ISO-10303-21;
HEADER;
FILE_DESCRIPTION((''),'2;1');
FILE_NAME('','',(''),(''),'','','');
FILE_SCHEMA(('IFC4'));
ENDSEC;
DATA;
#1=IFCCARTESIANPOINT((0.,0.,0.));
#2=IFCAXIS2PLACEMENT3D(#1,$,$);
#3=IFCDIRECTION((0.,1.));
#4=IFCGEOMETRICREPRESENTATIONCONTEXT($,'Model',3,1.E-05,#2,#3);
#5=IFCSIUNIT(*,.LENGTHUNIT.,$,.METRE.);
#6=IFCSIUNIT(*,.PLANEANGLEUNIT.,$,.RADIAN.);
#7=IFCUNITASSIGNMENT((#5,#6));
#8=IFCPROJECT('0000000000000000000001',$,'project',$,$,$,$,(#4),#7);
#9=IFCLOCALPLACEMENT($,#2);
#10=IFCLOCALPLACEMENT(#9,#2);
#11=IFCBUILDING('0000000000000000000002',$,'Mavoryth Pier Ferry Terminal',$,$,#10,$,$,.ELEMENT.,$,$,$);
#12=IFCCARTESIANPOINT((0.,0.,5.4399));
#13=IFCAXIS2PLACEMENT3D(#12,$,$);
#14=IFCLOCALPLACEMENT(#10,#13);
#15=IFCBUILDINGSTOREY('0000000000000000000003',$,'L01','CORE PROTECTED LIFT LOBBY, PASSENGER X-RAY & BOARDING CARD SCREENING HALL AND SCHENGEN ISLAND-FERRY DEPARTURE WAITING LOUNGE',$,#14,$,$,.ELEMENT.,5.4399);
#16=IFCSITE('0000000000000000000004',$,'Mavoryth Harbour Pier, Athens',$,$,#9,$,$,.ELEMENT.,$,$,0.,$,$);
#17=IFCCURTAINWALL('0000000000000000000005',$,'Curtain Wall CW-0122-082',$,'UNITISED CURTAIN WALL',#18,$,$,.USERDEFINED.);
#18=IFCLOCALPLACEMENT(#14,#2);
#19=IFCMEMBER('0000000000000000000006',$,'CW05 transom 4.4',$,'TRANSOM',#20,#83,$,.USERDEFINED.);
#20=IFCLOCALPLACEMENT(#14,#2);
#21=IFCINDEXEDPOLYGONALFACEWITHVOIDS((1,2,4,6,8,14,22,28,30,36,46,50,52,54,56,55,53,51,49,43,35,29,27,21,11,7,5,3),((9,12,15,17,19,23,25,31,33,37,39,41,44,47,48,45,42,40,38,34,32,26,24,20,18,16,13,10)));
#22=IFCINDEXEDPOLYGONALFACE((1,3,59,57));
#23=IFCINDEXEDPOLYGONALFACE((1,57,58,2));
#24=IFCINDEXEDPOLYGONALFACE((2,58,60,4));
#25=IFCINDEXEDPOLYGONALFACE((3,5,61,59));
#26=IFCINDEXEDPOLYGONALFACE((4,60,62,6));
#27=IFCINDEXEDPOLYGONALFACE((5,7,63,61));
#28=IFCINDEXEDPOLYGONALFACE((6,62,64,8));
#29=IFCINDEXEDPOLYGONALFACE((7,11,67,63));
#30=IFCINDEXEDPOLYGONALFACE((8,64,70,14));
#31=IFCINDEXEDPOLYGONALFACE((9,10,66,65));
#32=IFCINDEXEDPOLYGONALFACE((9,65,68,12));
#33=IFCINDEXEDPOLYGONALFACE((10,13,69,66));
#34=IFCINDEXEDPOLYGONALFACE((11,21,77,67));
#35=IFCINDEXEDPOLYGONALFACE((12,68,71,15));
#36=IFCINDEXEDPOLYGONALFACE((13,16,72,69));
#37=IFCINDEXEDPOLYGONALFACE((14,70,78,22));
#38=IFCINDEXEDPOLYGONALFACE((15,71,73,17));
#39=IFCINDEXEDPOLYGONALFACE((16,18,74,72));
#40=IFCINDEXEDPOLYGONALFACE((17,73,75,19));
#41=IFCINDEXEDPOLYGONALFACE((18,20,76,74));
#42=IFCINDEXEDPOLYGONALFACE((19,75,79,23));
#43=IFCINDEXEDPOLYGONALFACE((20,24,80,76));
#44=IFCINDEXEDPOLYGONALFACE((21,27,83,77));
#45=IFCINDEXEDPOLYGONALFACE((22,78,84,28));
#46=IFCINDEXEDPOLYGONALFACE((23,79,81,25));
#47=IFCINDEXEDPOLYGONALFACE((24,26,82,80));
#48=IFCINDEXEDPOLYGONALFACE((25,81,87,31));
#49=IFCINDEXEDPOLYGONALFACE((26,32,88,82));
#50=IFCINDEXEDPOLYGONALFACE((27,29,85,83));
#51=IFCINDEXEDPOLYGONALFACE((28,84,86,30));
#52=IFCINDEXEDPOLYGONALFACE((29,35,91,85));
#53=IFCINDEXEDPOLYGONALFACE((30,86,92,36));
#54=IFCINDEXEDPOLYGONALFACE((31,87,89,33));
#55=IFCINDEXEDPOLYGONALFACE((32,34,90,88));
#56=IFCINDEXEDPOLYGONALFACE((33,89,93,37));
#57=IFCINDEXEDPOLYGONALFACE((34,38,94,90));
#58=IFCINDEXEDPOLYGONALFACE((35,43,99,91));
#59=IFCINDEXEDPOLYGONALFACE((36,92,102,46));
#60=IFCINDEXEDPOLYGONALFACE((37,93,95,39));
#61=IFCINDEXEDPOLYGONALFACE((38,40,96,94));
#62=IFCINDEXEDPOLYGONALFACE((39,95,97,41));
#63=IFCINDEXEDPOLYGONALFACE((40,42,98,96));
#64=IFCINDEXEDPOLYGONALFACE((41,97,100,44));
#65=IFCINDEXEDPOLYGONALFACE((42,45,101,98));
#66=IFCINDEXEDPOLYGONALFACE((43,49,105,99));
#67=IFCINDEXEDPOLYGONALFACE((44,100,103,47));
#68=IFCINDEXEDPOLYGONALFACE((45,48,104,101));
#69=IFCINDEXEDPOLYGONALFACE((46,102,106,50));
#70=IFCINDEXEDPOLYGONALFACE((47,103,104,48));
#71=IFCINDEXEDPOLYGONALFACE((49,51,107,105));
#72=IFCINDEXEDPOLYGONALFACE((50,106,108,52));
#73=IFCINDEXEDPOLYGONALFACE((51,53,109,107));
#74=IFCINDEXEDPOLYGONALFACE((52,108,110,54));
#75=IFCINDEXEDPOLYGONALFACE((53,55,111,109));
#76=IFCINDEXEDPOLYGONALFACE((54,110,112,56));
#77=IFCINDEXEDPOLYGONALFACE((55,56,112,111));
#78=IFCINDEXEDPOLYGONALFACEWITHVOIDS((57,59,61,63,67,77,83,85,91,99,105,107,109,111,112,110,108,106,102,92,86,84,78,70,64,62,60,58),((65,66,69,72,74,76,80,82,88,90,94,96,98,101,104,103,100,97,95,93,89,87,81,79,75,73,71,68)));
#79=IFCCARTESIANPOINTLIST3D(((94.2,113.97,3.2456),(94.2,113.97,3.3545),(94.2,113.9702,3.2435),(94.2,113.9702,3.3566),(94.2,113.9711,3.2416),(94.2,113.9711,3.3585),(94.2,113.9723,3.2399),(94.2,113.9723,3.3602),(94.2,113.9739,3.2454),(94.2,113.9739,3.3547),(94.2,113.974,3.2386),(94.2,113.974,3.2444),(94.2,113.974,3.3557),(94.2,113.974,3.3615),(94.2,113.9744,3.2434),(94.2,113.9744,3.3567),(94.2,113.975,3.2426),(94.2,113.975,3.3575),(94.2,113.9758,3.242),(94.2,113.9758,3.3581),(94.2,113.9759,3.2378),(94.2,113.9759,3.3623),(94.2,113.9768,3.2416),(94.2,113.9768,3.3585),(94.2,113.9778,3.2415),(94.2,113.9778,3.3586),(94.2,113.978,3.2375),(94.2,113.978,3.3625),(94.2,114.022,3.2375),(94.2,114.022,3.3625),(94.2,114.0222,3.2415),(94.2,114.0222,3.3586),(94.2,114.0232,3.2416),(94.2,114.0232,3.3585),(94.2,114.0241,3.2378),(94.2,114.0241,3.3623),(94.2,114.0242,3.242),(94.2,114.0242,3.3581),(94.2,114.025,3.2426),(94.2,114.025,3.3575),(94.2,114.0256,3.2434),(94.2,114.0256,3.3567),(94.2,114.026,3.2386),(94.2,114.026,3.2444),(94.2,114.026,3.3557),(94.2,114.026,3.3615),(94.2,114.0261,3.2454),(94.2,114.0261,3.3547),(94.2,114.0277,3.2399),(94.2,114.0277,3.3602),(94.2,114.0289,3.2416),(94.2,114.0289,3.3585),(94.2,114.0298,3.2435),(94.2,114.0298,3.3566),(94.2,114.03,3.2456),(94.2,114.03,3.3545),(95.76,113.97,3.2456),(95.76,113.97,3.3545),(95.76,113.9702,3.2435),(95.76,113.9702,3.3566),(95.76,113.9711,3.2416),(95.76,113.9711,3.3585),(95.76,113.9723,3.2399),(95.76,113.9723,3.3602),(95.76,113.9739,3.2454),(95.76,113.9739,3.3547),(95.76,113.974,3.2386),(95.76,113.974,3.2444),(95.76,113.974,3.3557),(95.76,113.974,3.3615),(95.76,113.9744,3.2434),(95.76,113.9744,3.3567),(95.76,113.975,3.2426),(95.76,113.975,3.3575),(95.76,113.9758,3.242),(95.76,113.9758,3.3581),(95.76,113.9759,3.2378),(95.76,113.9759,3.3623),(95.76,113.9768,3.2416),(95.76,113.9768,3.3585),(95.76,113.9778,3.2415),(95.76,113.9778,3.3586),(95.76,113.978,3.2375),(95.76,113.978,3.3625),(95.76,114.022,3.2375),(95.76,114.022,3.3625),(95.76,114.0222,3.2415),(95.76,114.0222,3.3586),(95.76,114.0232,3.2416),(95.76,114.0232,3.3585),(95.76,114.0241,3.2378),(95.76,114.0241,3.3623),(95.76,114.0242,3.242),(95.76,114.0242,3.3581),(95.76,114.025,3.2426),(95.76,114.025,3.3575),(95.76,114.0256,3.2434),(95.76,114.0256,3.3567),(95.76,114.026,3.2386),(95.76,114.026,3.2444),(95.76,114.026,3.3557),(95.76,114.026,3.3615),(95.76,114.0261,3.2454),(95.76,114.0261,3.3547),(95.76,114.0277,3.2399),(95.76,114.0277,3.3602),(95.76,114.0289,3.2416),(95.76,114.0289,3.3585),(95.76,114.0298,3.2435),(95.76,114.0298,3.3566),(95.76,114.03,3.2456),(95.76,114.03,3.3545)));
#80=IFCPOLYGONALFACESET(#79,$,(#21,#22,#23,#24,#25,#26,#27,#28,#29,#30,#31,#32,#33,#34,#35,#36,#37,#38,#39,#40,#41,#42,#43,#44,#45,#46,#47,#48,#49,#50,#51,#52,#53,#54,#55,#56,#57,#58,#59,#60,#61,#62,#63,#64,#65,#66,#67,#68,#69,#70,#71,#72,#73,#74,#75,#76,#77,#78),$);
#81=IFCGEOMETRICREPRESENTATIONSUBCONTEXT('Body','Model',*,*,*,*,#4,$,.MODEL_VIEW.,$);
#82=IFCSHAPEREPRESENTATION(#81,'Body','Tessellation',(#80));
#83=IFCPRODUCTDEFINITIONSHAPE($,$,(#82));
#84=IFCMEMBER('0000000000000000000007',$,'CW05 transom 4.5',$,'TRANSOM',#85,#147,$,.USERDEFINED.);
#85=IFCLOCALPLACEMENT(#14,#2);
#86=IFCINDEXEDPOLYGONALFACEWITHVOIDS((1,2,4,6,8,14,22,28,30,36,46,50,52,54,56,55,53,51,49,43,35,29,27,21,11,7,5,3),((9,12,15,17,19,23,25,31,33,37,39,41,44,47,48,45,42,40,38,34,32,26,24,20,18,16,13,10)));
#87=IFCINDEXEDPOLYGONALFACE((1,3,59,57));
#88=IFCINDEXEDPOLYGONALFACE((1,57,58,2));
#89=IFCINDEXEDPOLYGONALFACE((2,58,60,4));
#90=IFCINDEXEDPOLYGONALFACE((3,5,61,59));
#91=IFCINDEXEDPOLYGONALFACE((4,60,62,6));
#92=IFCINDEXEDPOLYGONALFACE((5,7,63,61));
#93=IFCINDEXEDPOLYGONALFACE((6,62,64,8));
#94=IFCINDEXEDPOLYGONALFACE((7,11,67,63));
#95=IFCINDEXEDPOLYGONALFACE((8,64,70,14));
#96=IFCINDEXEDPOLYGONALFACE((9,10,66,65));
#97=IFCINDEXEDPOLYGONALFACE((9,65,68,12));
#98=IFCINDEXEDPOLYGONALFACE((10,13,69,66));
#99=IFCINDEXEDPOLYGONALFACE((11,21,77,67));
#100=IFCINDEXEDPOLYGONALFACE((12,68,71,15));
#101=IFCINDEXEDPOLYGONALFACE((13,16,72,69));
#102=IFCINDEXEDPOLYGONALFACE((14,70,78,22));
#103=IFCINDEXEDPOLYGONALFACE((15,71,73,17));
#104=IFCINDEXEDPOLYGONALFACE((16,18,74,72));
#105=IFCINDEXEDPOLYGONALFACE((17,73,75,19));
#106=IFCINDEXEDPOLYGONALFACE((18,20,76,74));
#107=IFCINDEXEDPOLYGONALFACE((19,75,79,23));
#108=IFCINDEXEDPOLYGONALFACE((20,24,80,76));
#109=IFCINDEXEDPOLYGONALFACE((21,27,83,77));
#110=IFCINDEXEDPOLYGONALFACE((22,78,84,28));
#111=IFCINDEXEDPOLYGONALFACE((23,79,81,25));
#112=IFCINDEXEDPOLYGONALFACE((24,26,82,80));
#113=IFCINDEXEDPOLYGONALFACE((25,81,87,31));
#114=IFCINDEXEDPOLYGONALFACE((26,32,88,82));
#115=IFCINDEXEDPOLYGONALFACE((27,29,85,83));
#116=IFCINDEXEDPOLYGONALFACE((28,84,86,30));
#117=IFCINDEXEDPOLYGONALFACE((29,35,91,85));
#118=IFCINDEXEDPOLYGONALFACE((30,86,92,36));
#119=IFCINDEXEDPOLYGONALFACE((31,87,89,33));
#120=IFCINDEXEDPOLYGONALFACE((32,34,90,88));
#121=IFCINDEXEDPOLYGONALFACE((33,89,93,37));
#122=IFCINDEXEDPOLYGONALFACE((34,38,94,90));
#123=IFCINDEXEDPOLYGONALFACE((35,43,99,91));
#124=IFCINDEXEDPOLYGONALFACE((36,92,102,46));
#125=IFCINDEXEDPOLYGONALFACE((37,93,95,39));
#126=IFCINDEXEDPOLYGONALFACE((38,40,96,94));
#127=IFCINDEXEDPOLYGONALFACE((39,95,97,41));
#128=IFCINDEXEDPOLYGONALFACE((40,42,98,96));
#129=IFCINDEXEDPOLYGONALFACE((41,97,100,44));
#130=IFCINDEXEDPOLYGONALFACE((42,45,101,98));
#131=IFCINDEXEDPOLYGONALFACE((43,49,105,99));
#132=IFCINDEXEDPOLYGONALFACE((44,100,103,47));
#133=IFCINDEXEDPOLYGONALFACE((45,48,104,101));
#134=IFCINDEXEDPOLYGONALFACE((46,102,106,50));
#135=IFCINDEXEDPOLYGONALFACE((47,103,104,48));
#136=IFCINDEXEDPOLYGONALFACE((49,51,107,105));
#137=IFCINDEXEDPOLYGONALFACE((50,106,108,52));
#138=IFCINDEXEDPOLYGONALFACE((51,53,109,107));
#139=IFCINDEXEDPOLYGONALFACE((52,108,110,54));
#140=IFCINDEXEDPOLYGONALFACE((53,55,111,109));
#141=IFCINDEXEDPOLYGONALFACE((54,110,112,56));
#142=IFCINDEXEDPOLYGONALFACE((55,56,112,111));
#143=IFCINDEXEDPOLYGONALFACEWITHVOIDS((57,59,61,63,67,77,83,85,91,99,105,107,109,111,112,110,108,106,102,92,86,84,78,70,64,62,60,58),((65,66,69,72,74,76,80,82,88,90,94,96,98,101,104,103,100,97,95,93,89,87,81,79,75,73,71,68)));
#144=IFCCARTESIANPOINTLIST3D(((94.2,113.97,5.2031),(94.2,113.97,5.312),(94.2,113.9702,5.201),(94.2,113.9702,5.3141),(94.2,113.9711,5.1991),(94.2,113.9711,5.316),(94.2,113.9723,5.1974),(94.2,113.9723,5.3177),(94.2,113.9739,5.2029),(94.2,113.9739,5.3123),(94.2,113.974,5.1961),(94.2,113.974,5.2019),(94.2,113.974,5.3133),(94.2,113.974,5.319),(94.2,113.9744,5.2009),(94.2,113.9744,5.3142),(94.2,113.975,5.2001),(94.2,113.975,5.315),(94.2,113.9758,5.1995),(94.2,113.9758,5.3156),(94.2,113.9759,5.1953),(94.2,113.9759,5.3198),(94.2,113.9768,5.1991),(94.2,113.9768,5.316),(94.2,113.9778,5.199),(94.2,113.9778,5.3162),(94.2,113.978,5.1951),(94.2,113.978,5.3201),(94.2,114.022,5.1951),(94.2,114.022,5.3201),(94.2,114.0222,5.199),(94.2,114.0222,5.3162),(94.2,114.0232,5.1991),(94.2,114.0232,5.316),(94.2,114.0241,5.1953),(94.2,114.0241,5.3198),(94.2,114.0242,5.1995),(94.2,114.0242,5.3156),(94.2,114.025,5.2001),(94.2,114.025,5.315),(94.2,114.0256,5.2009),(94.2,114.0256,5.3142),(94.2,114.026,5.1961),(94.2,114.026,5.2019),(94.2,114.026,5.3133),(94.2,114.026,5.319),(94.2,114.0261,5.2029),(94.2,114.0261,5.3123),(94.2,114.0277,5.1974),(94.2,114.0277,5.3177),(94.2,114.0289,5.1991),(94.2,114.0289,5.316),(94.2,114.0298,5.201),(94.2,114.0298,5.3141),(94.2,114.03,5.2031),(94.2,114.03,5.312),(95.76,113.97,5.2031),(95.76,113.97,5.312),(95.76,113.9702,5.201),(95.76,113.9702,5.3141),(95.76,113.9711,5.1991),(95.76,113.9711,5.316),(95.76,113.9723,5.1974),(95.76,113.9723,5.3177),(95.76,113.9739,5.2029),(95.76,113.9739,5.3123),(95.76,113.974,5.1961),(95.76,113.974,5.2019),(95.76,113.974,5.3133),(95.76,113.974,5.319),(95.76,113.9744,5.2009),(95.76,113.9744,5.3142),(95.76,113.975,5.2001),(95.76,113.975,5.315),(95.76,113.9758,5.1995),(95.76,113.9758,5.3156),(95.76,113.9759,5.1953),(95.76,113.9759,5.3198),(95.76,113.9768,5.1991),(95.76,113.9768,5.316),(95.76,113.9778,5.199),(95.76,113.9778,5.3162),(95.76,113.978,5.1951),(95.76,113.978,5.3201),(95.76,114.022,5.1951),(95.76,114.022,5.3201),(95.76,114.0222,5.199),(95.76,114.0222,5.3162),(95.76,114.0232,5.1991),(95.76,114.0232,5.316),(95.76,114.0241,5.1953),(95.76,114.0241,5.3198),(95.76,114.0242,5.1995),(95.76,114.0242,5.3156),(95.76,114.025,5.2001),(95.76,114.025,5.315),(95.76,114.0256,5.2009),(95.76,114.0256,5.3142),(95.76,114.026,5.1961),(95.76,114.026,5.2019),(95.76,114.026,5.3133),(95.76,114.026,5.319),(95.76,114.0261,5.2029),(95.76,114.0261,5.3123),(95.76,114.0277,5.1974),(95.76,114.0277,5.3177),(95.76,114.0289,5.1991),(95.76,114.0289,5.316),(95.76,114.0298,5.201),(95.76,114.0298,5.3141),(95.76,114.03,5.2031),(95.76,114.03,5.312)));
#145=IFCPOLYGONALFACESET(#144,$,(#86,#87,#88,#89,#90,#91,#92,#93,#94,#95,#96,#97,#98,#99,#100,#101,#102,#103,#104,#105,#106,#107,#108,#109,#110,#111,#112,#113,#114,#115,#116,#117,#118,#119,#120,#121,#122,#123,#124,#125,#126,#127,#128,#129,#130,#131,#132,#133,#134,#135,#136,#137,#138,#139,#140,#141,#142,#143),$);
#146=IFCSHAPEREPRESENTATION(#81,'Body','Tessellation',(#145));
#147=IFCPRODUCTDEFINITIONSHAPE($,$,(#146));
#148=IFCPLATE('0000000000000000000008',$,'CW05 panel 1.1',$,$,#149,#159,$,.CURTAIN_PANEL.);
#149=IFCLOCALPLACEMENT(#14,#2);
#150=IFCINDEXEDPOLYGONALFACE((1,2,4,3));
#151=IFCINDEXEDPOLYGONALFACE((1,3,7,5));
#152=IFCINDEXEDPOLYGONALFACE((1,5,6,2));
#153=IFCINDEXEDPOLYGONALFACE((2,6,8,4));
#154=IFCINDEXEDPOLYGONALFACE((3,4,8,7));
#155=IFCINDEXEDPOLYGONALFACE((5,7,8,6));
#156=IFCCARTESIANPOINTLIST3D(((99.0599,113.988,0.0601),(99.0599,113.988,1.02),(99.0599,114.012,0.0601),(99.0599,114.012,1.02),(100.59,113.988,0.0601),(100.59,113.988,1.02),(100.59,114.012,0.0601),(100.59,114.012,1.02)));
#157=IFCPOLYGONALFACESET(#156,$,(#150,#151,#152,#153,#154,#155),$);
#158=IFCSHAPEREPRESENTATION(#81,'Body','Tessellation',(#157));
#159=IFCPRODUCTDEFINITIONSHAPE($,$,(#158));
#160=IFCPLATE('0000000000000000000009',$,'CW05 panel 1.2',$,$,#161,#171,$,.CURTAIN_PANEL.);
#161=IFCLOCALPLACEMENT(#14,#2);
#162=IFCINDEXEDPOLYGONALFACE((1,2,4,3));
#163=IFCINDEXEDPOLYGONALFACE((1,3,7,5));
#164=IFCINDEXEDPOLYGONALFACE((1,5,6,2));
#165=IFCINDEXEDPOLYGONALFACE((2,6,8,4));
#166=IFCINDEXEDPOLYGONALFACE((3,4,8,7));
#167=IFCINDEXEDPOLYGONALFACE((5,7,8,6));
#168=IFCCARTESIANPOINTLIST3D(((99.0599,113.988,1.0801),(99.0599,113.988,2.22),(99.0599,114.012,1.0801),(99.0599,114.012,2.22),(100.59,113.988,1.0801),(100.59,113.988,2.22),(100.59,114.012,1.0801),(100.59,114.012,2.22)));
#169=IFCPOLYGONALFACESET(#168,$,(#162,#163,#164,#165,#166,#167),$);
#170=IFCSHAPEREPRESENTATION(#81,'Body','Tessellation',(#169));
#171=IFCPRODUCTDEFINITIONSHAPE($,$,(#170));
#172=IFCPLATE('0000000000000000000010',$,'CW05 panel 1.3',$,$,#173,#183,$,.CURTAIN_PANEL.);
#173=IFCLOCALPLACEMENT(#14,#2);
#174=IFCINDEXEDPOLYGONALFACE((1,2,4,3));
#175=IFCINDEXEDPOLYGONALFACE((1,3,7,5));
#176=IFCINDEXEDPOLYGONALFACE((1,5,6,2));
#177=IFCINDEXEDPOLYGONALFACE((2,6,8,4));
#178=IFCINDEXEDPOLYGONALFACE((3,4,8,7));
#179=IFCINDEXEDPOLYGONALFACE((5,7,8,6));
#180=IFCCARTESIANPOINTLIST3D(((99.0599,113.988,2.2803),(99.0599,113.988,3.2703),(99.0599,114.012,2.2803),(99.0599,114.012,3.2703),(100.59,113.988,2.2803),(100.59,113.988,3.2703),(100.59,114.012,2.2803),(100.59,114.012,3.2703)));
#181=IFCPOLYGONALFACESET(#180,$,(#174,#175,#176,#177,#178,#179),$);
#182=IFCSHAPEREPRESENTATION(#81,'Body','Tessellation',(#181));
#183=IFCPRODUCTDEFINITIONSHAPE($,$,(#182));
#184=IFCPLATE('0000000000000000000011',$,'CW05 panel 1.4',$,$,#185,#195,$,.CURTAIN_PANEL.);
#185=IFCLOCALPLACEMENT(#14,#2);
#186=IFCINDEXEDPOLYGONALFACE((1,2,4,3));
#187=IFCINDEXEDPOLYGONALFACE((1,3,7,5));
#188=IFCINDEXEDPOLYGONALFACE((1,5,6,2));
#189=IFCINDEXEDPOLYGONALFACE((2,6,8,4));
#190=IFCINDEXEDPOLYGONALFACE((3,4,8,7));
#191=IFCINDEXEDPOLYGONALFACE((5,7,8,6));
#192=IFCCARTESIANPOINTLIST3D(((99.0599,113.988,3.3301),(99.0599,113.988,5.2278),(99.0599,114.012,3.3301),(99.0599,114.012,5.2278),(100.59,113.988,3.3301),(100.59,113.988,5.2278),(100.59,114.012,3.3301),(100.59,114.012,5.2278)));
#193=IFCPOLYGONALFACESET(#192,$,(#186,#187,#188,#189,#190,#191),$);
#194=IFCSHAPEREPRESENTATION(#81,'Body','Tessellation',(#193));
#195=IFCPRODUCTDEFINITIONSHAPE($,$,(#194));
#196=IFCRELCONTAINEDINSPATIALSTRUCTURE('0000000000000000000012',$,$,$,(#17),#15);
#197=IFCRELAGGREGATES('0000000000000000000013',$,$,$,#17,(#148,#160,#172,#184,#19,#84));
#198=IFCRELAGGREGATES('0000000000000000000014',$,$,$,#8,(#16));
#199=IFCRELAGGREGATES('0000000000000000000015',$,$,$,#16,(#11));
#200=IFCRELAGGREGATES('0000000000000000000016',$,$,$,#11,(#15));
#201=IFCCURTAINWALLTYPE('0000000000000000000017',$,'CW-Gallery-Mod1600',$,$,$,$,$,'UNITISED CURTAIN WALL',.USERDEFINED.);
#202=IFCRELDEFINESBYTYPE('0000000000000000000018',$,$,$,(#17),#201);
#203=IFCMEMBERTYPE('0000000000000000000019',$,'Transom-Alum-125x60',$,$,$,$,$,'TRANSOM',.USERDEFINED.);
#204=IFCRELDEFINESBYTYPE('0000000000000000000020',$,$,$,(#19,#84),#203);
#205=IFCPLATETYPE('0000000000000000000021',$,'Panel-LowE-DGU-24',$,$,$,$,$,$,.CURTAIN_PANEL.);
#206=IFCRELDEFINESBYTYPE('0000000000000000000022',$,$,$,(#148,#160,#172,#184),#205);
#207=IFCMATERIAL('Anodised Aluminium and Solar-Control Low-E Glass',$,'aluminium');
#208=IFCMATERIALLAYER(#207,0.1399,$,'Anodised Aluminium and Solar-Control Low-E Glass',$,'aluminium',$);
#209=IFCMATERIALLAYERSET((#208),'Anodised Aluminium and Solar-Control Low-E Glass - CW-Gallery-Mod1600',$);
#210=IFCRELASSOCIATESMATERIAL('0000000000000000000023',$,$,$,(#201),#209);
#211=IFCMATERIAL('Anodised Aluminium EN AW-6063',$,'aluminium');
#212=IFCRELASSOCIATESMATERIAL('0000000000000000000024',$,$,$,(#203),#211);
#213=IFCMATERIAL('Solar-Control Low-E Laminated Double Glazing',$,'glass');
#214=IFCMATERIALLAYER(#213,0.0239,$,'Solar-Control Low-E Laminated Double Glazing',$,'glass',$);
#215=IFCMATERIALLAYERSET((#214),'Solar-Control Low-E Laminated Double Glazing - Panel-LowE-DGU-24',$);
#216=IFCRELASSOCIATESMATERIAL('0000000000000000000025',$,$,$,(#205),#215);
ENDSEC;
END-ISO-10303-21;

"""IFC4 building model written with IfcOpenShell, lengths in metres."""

from ifc_helpers import new_model, si_unit, direction, frame, origin, origin_2d, place, context, subcontext, project, spatial, rectangle, hollow_rectangle, extrude, material, layer, layer_set, material_profile, profile_set, type_object, element, aggregate, save


model = new_model("IFC4")

# Units and contexts
model_context = context("Model", 3, precision=1e-05, world=origin(), true_north=direction((0.0, 1.0)))
body_context = subcontext(model_context, "Body", "Model", "MODEL_VIEW")
ifc_project = project(units=[si_unit("LENGTHUNIT", "METRE"), si_unit("PLANEANGLEUNIT", "RADIAN")], contexts=[model_context])

# Site, building, storey
site_placement = place(None, origin())
site = spatial("IfcSite", under=ifc_project, at=site_placement, Name="Mavoryth Harbour Pier, Athens", CompositionType="ELEMENT", RefElevation=0.0)
building_placement = place(site_placement, origin())
building = spatial("IfcBuilding", under=site, at=building_placement, Name="Mavoryth Pier Ferry Terminal", CompositionType="ELEMENT")
storey_placement = place(building_placement, frame((0.0, 0.0, 5.4399)))
storey = spatial("IfcBuildingStorey", under=building, at=storey_placement, Name="L01", Description="CORE PROTECTED LIFT LOBBY, PASSENGER X-RAY & BOARDING CARD SCREENING HALL AND SCHENGEN ISLAND-FERRY DEPARTURE WAITING LOUNGE", CompositionType="ELEMENT", Elevation=5.4399)

# Curtain wall, members, plates
ifc_material_1 = material(Name="Anodised Aluminium and Solar-Control Low-E Glass", Category="aluminium")
ifc_layer_1 = layer(ifc_material_1, 0.1399, Name="Anodised Aluminium and Solar-Control Low-E Glass", Category="aluminium")
ifc_layer_set_1 = layer_set([ifc_layer_1], Name="Anodised Aluminium and Solar-Control Low-E Glass - CW-Gallery-Mod1600")
curtain_wall_type = type_object("IfcCurtainWallType", Name="CW-Gallery-Mod1600", ElementType="UNITISED CURTAIN WALL", PredefinedType="USERDEFINED", material=ifc_layer_set_1)
curtain_wall_placement = place(storey_placement, origin())
curtain_wall = element("IfcCurtainWall", 1, at=curtain_wall_placement, inside=storey, type_object=curtain_wall_type, Name="Curtain Wall CW-0122-082", ObjectType="UNITISED CURTAIN WALL", PredefinedType="USERDEFINED")
ifc_material_2 = material(Name="Anodised Aluminium EN AW-6063", Category="aluminium")
ifc_material_profile_1 = material_profile(ifc_material_2, hollow_rectangle(XDim=0.0601, YDim=0.125, WallThickness=0.0039, InnerFilletRadius=0.0039, OuterFilletRadius=0.0081, at=origin_2d()), Name="AL-TRAN 125x60x4", Category="aluminium")
ifc_profile_set_1 = profile_set([ifc_material_profile_1], Name="Anodised Aluminium EN AW-6063 - AL-TRAN 125x60x4")
member_type_1 = type_object("IfcMemberType", Name="Transom-Alum-125x60", ElementType="TRANSOM", PredefinedType="USERDEFINED", material=ifc_profile_set_1)
member_1_placement = place(storey_placement, frame((95.76, 114.0, 3.3), z_axis=(-1.0, 0.0, 0.0), x_axis=(0.0, -1.0, 0.0)))
member_1 = element("IfcMember", 2, at=member_1_placement, type_object=member_type_1, Name="CW05 transom 4.4", ObjectType="TRANSOM", PredefinedType="USERDEFINED", context=body_context, shape_type="SweptSolid", body=[
    extrude(hollow_rectangle(XDim=0.0601, YDim=0.125, WallThickness=0.0039, InnerFilletRadius=0.0039, OuterFilletRadius=0.0081, at=origin_2d()), origin(), (0.0, 0.0, 1.0), 1.5601),
])
member_2_placement = place(storey_placement, frame((95.76, 114.0, 5.2576), z_axis=(-1.0, 0.0, 0.0), x_axis=(0.0, -1.0, 0.0)))
member_2 = element("IfcMember", 3, at=member_2_placement, type_object=member_type_1, Name="CW05 transom 4.5", ObjectType="TRANSOM", PredefinedType="USERDEFINED", context=body_context, shape_type="SweptSolid", body=[
    extrude(hollow_rectangle(XDim=0.0601, YDim=0.125, WallThickness=0.0039, InnerFilletRadius=0.0039, OuterFilletRadius=0.0081, at=origin_2d()), origin(), (0.0, 0.0, 1.0), 1.5601),
])
ifc_material_3 = material(Name="Solar-Control Low-E Laminated Double Glazing", Category="glass")
ifc_layer_2 = layer(ifc_material_3, 0.0239, Name="Solar-Control Low-E Laminated Double Glazing", Category="glass")
ifc_layer_set_2 = layer_set([ifc_layer_2], Name="Solar-Control Low-E Laminated Double Glazing - Panel-LowE-DGU-24")
plate_type_1 = type_object("IfcPlateType", Name="Panel-LowE-DGU-24", PredefinedType="CURTAIN_PANEL", material=ifc_layer_set_2)
plate_1_placement = place(storey_placement, frame((99.825, 114.0, 0.0601), z_axis=(0.0, 0.0, 1.0), x_axis=(-1.0, 0.0, 0.0)))
plate_1 = element("IfcPlate", 4, at=plate_1_placement, type_object=plate_type_1, Name="CW05 panel 1.1", PredefinedType="CURTAIN_PANEL", context=body_context, shape_type="SweptSolid", body=[
    extrude(rectangle(XDim=1.53, YDim=0.0239, at=origin_2d()), origin(), (0.0, 0.0, 1.0), 0.96),
])
plate_2_placement = place(storey_placement, frame((99.825, 114.0, 1.0801), z_axis=(0.0, 0.0, 1.0), x_axis=(-1.0, 0.0, 0.0)))
plate_2 = element("IfcPlate", 5, at=plate_2_placement, type_object=plate_type_1, Name="CW05 panel 1.2", PredefinedType="CURTAIN_PANEL", context=body_context, shape_type="SweptSolid", body=[
    extrude(rectangle(XDim=1.53, YDim=0.0239, at=origin_2d()), origin(), (0.0, 0.0, 1.0), 1.1399),
])
plate_3_placement = place(storey_placement, frame((99.825, 114.0, 2.2803), z_axis=(0.0, 0.0, 1.0), x_axis=(-1.0, 0.0, 0.0)))
plate_3 = element("IfcPlate", 6, at=plate_3_placement, type_object=plate_type_1, Name="CW05 panel 1.3", PredefinedType="CURTAIN_PANEL", context=body_context, shape_type="SweptSolid", body=[
    extrude(rectangle(XDim=1.53, YDim=0.0239, at=origin_2d()), origin(), (0.0, 0.0, 1.0), 0.99),
])
plate_4_placement = place(storey_placement, frame((99.825, 114.0, 3.3301), z_axis=(0.0, 0.0, 1.0), x_axis=(-1.0, 0.0, 0.0)))
plate_4 = element("IfcPlate", 7, at=plate_4_placement, type_object=plate_type_1, Name="CW05 panel 1.4", PredefinedType="CURTAIN_PANEL", context=body_context, shape_type="SweptSolid", body=[
    extrude(rectangle(XDim=1.53, YDim=0.0239, at=origin_2d()), origin(), (0.0, 0.0, 1.0), 1.8977),
])
aggregate(curtain_wall, [plate_1, plate_2, plate_3, plate_4, member_1, member_2])

save(model, "model.ifc")
